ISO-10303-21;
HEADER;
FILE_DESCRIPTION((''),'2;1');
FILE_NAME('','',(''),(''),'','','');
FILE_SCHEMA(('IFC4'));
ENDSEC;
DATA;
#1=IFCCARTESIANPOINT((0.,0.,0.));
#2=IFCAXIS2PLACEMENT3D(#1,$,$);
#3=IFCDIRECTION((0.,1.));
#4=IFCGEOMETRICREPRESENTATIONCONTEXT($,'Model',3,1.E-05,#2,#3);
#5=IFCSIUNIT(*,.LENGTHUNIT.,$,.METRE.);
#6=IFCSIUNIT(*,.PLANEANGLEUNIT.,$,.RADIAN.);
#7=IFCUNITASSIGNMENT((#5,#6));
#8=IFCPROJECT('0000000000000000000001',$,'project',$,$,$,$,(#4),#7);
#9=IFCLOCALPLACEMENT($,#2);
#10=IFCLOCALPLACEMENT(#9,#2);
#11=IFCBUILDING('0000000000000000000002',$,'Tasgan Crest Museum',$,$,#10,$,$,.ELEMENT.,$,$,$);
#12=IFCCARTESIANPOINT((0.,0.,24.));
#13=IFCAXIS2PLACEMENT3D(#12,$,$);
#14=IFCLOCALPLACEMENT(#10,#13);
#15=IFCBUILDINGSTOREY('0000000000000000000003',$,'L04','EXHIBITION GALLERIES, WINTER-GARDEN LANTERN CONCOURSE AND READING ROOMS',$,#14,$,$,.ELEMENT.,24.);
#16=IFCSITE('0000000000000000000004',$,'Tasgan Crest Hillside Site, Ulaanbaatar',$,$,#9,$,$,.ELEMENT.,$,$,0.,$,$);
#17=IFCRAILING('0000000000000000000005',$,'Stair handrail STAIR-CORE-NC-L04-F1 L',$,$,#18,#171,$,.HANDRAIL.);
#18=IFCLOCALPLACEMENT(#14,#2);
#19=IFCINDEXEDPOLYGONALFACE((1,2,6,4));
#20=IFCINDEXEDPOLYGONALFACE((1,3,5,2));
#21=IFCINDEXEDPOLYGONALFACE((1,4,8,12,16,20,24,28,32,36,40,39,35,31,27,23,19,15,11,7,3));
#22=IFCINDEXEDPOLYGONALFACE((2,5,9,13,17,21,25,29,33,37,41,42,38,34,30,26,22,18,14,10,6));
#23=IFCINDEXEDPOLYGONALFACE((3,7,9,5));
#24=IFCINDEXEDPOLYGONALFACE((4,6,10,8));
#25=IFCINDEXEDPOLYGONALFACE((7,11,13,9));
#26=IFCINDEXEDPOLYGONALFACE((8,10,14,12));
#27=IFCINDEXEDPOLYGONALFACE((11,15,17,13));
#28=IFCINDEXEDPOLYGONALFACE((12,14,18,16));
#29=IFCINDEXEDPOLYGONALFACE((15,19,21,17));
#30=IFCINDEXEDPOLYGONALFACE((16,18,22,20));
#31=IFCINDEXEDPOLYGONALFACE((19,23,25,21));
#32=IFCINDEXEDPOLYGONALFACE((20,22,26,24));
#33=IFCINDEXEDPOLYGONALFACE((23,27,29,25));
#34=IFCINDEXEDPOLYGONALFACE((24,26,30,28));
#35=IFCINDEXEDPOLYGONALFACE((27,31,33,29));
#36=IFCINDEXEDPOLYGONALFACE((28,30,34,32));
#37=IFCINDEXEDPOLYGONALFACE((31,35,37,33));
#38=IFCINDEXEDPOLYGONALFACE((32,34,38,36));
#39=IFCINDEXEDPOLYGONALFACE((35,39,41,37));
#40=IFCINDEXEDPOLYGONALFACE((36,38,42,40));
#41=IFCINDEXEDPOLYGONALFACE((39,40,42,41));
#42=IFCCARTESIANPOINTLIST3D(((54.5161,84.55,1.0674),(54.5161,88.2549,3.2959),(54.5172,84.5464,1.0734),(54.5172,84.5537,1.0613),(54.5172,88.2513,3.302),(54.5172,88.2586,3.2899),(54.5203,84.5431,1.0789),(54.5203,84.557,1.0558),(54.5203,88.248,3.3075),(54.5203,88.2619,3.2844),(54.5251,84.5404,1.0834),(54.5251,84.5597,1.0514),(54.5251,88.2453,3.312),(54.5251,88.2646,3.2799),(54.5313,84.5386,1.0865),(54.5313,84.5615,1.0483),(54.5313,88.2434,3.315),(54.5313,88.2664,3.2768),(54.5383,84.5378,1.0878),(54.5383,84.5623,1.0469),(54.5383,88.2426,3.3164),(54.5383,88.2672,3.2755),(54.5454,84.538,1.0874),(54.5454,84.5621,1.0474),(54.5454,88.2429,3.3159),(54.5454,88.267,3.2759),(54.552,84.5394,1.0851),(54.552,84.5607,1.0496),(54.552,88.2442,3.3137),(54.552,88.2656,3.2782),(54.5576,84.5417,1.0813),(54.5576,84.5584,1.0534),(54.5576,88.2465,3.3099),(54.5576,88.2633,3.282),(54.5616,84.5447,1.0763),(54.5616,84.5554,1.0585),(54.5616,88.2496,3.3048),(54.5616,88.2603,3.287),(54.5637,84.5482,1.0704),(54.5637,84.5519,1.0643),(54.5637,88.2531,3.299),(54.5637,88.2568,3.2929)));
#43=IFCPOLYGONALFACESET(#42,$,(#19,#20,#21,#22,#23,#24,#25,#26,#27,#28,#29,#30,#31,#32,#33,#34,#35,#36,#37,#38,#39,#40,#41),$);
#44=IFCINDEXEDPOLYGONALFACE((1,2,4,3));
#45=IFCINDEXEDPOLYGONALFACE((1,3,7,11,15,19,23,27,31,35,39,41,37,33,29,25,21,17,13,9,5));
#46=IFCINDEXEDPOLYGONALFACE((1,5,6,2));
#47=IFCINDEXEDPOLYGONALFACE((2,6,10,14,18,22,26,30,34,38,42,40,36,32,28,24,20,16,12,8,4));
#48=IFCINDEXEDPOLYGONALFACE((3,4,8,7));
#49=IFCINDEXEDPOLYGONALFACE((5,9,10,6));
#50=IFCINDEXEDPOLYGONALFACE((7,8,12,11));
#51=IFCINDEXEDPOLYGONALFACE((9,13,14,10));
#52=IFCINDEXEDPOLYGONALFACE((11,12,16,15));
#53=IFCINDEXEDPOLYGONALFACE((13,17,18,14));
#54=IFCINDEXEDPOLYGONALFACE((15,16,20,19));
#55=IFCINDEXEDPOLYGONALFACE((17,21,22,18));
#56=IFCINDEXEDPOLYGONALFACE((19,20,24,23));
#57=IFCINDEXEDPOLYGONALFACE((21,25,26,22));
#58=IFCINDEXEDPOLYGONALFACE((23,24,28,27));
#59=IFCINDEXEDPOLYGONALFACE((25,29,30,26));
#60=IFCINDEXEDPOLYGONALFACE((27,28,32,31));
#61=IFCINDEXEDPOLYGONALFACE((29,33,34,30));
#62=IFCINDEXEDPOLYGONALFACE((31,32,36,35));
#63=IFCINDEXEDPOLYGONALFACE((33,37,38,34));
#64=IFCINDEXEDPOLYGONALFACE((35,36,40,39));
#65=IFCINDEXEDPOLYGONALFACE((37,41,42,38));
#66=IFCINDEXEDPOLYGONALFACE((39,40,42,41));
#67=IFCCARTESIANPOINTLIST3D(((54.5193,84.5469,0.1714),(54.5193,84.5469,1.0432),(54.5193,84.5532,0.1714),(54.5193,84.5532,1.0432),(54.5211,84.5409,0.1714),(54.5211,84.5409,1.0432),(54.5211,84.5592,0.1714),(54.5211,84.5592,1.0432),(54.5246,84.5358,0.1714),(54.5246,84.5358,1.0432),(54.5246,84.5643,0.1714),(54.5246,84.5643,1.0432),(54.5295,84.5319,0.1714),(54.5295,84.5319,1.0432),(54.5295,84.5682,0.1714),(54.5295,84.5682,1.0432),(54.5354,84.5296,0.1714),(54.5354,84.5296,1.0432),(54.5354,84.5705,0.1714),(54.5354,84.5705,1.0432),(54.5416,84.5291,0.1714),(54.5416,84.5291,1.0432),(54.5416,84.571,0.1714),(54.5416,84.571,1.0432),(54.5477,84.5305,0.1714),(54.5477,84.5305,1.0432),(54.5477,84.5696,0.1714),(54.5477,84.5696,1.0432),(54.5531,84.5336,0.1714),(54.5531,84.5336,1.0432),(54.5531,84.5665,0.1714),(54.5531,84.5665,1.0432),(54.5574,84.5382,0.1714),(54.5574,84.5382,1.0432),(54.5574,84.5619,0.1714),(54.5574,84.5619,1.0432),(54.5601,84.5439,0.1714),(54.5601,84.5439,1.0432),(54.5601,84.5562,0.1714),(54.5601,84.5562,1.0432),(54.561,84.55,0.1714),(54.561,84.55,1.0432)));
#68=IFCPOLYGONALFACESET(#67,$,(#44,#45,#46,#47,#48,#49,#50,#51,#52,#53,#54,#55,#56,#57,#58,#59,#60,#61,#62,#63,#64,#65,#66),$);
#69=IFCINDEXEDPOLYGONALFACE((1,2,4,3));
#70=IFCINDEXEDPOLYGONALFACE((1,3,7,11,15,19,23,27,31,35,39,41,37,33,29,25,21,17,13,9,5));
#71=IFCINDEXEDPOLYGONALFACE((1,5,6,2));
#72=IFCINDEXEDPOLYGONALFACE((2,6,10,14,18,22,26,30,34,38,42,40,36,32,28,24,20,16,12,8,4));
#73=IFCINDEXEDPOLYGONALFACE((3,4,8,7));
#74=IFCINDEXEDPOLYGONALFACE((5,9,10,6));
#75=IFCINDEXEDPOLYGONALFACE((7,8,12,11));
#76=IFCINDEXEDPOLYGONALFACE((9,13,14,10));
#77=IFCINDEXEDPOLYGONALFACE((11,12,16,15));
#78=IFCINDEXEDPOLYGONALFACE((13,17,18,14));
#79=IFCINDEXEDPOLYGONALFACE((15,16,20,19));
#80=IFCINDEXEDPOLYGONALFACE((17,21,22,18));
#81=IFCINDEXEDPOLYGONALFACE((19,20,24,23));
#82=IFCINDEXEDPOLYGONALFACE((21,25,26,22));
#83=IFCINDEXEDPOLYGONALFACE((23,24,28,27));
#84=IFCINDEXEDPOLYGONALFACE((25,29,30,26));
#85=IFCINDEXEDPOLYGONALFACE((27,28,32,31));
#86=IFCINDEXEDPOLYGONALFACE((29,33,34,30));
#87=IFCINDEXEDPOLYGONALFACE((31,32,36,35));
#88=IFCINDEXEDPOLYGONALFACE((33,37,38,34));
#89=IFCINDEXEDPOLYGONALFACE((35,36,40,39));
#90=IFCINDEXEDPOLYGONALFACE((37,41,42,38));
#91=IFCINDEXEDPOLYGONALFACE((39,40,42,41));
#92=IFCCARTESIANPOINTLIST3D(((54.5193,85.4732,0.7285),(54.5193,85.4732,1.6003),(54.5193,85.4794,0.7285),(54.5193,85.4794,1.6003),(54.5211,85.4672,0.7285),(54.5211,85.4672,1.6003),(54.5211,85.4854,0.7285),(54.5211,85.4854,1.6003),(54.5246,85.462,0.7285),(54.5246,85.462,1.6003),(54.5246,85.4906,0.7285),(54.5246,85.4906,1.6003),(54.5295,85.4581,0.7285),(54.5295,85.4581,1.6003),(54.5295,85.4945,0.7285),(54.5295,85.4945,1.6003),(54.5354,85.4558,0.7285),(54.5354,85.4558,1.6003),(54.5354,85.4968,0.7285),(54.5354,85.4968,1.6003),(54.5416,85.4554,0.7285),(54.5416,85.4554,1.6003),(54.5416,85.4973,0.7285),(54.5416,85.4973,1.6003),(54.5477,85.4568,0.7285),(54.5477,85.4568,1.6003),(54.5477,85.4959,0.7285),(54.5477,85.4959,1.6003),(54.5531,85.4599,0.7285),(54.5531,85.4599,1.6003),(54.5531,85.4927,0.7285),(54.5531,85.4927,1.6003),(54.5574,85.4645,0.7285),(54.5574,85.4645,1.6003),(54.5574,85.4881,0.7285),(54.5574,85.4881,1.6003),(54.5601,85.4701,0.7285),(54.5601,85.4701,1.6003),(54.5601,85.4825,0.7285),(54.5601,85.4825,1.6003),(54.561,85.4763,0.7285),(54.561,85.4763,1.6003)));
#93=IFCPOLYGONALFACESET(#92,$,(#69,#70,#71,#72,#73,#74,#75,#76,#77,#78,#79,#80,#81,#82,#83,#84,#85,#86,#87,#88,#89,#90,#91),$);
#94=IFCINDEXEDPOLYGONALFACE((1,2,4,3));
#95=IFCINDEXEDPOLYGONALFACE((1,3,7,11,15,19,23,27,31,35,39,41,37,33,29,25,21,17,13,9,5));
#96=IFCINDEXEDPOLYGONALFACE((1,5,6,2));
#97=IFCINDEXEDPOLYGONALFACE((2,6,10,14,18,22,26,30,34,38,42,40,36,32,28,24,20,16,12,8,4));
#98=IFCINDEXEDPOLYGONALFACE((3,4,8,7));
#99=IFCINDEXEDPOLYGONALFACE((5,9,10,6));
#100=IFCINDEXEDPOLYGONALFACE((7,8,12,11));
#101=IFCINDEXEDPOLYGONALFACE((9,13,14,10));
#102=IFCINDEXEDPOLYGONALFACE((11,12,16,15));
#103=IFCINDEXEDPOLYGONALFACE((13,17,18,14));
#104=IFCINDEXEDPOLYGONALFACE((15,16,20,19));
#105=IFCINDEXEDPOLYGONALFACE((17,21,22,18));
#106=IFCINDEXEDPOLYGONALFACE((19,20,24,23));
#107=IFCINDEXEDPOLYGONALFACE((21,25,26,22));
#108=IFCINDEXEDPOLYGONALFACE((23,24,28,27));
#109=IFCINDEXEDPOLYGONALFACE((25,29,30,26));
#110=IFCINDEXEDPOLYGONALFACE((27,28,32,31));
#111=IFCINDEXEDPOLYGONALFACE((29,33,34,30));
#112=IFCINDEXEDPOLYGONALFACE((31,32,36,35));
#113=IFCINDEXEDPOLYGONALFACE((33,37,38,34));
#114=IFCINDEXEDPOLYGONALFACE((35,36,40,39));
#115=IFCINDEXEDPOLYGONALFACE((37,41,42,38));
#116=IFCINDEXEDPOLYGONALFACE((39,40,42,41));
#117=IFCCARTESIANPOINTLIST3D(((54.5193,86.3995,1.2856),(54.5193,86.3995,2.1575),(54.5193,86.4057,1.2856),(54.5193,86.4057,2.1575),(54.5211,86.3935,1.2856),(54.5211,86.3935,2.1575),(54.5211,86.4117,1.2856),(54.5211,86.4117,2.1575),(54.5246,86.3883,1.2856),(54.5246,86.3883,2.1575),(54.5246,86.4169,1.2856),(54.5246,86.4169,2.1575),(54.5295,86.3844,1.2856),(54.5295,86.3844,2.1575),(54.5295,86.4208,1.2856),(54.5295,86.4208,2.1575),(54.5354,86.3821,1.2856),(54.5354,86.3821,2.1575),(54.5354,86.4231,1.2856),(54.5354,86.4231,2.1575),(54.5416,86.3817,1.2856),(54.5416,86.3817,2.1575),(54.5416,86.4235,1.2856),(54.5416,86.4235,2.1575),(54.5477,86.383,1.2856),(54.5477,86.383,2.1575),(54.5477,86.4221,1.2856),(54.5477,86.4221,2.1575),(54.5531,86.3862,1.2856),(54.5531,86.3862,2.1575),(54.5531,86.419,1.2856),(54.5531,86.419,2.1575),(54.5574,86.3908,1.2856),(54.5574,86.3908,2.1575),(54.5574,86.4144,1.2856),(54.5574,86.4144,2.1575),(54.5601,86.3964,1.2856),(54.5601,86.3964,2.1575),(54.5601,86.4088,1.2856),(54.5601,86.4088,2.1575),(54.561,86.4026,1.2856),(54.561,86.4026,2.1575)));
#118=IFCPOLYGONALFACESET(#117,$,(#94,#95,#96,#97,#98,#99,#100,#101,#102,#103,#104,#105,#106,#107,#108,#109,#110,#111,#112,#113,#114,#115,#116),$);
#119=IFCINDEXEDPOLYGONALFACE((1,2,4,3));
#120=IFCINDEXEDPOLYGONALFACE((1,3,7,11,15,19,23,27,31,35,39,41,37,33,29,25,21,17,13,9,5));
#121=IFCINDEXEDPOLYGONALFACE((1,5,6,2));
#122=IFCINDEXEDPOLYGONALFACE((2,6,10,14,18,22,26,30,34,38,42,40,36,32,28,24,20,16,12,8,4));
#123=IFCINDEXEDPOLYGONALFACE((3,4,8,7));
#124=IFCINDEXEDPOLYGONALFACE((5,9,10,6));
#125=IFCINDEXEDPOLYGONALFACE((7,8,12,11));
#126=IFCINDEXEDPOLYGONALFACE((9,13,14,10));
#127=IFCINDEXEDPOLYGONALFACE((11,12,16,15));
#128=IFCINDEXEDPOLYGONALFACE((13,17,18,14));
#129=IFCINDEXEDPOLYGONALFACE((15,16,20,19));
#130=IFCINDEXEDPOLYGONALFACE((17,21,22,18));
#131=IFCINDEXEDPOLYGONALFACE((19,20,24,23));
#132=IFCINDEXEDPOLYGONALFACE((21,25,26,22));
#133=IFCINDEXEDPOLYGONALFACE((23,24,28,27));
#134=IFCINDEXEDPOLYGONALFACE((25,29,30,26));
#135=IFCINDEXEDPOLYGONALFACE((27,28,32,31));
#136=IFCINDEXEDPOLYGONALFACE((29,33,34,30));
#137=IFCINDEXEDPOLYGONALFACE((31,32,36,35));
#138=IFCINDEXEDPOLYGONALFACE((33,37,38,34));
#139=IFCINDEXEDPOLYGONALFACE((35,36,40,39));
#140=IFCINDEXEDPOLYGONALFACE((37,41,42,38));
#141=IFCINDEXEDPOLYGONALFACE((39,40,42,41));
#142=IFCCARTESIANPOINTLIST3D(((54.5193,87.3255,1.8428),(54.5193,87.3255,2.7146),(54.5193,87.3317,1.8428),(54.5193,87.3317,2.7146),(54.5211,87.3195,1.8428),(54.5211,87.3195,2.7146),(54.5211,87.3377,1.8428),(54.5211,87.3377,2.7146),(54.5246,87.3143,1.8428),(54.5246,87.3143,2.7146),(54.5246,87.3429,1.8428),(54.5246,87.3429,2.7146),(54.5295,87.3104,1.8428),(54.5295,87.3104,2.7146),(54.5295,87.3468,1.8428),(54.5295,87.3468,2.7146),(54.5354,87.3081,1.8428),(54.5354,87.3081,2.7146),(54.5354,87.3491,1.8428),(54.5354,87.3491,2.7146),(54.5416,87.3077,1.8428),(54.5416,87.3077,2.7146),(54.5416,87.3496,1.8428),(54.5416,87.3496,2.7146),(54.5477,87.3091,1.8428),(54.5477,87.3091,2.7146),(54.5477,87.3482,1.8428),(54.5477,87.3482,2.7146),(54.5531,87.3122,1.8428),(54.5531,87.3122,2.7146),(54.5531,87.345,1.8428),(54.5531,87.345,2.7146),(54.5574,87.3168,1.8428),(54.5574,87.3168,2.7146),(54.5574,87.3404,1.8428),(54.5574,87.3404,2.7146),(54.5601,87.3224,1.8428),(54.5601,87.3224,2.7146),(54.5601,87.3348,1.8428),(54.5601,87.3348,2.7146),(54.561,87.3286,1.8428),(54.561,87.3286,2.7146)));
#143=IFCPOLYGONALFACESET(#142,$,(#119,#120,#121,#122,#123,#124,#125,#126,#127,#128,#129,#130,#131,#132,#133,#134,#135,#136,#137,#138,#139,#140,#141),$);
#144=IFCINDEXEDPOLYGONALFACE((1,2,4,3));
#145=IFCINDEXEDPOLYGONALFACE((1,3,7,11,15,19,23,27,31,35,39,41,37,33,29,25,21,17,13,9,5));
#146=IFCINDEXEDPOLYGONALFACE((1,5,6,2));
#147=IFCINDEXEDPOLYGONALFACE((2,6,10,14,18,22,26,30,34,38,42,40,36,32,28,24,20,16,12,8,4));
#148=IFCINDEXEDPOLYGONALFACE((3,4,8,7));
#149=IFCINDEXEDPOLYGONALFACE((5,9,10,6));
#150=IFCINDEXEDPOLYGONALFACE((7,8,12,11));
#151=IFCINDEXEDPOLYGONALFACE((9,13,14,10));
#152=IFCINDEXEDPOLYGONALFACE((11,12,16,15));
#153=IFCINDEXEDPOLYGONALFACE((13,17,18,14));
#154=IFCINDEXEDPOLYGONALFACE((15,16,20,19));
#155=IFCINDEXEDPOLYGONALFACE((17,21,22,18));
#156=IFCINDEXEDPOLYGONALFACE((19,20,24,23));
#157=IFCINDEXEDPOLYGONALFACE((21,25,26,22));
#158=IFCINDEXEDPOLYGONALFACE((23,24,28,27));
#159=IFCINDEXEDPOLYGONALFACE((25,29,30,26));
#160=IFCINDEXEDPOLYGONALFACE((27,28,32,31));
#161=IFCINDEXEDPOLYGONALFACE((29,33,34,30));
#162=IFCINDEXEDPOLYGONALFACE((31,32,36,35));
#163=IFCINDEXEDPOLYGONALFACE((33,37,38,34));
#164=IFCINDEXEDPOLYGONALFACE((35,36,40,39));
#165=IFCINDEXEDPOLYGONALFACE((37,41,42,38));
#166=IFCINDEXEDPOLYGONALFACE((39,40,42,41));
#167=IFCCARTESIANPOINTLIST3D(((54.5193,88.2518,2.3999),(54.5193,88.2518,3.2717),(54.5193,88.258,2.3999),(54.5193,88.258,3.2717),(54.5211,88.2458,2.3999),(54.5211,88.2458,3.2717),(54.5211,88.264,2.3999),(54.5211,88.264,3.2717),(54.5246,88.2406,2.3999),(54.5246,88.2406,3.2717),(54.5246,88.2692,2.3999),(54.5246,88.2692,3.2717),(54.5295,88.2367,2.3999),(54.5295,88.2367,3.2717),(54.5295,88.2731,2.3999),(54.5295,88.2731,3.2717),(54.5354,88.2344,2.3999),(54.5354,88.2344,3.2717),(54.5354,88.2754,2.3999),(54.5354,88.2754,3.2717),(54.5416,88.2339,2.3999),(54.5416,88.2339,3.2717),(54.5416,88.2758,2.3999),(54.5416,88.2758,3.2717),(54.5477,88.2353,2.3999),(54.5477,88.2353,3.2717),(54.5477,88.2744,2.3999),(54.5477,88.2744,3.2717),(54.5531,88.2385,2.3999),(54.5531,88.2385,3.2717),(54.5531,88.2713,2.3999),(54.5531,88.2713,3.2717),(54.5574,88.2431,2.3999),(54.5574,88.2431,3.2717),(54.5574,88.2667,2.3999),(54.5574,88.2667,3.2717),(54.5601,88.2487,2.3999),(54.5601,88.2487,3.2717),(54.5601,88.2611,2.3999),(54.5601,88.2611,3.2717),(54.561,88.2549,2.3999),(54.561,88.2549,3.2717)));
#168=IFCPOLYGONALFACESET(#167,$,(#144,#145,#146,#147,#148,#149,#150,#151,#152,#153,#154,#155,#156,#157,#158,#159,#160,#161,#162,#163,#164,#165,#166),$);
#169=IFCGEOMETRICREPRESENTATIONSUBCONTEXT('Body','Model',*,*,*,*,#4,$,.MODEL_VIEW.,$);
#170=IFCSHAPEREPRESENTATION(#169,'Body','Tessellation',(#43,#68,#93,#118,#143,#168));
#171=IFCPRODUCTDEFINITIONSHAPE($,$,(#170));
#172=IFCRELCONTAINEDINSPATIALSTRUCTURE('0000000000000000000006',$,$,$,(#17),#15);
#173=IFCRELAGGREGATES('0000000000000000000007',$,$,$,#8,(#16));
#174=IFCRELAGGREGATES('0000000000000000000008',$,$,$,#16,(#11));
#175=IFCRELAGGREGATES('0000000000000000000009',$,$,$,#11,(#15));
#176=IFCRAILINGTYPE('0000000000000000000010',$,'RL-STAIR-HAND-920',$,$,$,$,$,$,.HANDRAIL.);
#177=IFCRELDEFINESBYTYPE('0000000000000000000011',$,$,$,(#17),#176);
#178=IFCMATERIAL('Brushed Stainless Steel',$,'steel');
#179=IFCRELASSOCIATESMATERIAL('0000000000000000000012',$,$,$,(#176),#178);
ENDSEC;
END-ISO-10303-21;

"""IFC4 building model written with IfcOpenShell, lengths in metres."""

from ifc_helpers import new_model, si_unit, direction, frame, origin, origin_2d, place, context, subcontext, project, spatial, circle, extrude, material, type_object, element, save


model = new_model("IFC4")

# Units and contexts
model_context = context("Model", 3, precision=1e-05, world=origin(), true_north=direction((0.0, 1.0)))
body_context = subcontext(model_context, "Body", "Model", "MODEL_VIEW")
ifc_project = project(units=[si_unit("LENGTHUNIT", "METRE"), si_unit("PLANEANGLEUNIT", "RADIAN")], contexts=[model_context])

# Site, building, storey
site_placement = place(None, origin())
site = spatial("IfcSite", under=ifc_project, at=site_placement, Name="Tasgan Crest Hillside Site, Ulaanbaatar", CompositionType="ELEMENT", RefElevation=0.0)
building_placement = place(site_placement, origin())
building = spatial("IfcBuilding", under=site, at=building_placement, Name="Tasgan Crest Museum", CompositionType="ELEMENT")
storey_placement = place(building_placement, frame((0.0, 0.0, 24.0)))
storey = spatial("IfcBuildingStorey", under=building, at=storey_placement, Name="L04", Description="EXHIBITION GALLERIES, WINTER-GARDEN LANTERN CONCOURSE AND READING ROOMS", CompositionType="ELEMENT", Elevation=24.0)

# Railing
ifc_material_1 = material(Name="Brushed Stainless Steel", Category="steel")
railing_type_1 = type_object("IfcRailingType", Name="RL-STAIR-HAND-920", PredefinedType="HANDRAIL", material=ifc_material_1)
for number, where, name in (
    (1, (54.54, 84.55, 0.1714), "Stair handrail STAIR-CORE-NC-L04-F1 L"),
):
    element("IfcRailing", number, at=place(storey_placement, frame(where)), inside=storey, type_object=railing_type_1, Name=name, PredefinedType="HANDRAIL", context=body_context, shape_type="SweptSolid", body=[
        extrude(circle(Radius=0.0239, at=origin_2d()), frame((0.0, 0.0, 0.896), z_axis=(0.0, 0.856919, 0.51545), x_axis=(-1.0, 0.0, 0.0)), (0.0, 0.0, 1.0), 4.3235),
        extrude(circle(Radius=0.021, at=origin_2d()), origin(), (0.0, 0.0, 1.0), 0.8718),
        extrude(circle(Radius=0.021, at=origin_2d()), frame((0.0, 0.9263, 0.5571)), (0.0, 0.0, 1.0), 0.8718),
        extrude(circle(Radius=0.021, at=origin_2d()), frame((0.0, 1.8525, 1.1143)), (0.0, 0.0, 1.0), 0.8718),
        extrude(circle(Radius=0.021, at=origin_2d()), frame((0.0, 2.7786, 1.6714)), (0.0, 0.0, 1.0), 0.8718),
        extrude(circle(Radius=0.021, at=origin_2d()), frame((0.0, 3.7048, 2.2285)), (0.0, 0.0, 1.0), 0.8718),
    ])

save(model, "model.ifc")
